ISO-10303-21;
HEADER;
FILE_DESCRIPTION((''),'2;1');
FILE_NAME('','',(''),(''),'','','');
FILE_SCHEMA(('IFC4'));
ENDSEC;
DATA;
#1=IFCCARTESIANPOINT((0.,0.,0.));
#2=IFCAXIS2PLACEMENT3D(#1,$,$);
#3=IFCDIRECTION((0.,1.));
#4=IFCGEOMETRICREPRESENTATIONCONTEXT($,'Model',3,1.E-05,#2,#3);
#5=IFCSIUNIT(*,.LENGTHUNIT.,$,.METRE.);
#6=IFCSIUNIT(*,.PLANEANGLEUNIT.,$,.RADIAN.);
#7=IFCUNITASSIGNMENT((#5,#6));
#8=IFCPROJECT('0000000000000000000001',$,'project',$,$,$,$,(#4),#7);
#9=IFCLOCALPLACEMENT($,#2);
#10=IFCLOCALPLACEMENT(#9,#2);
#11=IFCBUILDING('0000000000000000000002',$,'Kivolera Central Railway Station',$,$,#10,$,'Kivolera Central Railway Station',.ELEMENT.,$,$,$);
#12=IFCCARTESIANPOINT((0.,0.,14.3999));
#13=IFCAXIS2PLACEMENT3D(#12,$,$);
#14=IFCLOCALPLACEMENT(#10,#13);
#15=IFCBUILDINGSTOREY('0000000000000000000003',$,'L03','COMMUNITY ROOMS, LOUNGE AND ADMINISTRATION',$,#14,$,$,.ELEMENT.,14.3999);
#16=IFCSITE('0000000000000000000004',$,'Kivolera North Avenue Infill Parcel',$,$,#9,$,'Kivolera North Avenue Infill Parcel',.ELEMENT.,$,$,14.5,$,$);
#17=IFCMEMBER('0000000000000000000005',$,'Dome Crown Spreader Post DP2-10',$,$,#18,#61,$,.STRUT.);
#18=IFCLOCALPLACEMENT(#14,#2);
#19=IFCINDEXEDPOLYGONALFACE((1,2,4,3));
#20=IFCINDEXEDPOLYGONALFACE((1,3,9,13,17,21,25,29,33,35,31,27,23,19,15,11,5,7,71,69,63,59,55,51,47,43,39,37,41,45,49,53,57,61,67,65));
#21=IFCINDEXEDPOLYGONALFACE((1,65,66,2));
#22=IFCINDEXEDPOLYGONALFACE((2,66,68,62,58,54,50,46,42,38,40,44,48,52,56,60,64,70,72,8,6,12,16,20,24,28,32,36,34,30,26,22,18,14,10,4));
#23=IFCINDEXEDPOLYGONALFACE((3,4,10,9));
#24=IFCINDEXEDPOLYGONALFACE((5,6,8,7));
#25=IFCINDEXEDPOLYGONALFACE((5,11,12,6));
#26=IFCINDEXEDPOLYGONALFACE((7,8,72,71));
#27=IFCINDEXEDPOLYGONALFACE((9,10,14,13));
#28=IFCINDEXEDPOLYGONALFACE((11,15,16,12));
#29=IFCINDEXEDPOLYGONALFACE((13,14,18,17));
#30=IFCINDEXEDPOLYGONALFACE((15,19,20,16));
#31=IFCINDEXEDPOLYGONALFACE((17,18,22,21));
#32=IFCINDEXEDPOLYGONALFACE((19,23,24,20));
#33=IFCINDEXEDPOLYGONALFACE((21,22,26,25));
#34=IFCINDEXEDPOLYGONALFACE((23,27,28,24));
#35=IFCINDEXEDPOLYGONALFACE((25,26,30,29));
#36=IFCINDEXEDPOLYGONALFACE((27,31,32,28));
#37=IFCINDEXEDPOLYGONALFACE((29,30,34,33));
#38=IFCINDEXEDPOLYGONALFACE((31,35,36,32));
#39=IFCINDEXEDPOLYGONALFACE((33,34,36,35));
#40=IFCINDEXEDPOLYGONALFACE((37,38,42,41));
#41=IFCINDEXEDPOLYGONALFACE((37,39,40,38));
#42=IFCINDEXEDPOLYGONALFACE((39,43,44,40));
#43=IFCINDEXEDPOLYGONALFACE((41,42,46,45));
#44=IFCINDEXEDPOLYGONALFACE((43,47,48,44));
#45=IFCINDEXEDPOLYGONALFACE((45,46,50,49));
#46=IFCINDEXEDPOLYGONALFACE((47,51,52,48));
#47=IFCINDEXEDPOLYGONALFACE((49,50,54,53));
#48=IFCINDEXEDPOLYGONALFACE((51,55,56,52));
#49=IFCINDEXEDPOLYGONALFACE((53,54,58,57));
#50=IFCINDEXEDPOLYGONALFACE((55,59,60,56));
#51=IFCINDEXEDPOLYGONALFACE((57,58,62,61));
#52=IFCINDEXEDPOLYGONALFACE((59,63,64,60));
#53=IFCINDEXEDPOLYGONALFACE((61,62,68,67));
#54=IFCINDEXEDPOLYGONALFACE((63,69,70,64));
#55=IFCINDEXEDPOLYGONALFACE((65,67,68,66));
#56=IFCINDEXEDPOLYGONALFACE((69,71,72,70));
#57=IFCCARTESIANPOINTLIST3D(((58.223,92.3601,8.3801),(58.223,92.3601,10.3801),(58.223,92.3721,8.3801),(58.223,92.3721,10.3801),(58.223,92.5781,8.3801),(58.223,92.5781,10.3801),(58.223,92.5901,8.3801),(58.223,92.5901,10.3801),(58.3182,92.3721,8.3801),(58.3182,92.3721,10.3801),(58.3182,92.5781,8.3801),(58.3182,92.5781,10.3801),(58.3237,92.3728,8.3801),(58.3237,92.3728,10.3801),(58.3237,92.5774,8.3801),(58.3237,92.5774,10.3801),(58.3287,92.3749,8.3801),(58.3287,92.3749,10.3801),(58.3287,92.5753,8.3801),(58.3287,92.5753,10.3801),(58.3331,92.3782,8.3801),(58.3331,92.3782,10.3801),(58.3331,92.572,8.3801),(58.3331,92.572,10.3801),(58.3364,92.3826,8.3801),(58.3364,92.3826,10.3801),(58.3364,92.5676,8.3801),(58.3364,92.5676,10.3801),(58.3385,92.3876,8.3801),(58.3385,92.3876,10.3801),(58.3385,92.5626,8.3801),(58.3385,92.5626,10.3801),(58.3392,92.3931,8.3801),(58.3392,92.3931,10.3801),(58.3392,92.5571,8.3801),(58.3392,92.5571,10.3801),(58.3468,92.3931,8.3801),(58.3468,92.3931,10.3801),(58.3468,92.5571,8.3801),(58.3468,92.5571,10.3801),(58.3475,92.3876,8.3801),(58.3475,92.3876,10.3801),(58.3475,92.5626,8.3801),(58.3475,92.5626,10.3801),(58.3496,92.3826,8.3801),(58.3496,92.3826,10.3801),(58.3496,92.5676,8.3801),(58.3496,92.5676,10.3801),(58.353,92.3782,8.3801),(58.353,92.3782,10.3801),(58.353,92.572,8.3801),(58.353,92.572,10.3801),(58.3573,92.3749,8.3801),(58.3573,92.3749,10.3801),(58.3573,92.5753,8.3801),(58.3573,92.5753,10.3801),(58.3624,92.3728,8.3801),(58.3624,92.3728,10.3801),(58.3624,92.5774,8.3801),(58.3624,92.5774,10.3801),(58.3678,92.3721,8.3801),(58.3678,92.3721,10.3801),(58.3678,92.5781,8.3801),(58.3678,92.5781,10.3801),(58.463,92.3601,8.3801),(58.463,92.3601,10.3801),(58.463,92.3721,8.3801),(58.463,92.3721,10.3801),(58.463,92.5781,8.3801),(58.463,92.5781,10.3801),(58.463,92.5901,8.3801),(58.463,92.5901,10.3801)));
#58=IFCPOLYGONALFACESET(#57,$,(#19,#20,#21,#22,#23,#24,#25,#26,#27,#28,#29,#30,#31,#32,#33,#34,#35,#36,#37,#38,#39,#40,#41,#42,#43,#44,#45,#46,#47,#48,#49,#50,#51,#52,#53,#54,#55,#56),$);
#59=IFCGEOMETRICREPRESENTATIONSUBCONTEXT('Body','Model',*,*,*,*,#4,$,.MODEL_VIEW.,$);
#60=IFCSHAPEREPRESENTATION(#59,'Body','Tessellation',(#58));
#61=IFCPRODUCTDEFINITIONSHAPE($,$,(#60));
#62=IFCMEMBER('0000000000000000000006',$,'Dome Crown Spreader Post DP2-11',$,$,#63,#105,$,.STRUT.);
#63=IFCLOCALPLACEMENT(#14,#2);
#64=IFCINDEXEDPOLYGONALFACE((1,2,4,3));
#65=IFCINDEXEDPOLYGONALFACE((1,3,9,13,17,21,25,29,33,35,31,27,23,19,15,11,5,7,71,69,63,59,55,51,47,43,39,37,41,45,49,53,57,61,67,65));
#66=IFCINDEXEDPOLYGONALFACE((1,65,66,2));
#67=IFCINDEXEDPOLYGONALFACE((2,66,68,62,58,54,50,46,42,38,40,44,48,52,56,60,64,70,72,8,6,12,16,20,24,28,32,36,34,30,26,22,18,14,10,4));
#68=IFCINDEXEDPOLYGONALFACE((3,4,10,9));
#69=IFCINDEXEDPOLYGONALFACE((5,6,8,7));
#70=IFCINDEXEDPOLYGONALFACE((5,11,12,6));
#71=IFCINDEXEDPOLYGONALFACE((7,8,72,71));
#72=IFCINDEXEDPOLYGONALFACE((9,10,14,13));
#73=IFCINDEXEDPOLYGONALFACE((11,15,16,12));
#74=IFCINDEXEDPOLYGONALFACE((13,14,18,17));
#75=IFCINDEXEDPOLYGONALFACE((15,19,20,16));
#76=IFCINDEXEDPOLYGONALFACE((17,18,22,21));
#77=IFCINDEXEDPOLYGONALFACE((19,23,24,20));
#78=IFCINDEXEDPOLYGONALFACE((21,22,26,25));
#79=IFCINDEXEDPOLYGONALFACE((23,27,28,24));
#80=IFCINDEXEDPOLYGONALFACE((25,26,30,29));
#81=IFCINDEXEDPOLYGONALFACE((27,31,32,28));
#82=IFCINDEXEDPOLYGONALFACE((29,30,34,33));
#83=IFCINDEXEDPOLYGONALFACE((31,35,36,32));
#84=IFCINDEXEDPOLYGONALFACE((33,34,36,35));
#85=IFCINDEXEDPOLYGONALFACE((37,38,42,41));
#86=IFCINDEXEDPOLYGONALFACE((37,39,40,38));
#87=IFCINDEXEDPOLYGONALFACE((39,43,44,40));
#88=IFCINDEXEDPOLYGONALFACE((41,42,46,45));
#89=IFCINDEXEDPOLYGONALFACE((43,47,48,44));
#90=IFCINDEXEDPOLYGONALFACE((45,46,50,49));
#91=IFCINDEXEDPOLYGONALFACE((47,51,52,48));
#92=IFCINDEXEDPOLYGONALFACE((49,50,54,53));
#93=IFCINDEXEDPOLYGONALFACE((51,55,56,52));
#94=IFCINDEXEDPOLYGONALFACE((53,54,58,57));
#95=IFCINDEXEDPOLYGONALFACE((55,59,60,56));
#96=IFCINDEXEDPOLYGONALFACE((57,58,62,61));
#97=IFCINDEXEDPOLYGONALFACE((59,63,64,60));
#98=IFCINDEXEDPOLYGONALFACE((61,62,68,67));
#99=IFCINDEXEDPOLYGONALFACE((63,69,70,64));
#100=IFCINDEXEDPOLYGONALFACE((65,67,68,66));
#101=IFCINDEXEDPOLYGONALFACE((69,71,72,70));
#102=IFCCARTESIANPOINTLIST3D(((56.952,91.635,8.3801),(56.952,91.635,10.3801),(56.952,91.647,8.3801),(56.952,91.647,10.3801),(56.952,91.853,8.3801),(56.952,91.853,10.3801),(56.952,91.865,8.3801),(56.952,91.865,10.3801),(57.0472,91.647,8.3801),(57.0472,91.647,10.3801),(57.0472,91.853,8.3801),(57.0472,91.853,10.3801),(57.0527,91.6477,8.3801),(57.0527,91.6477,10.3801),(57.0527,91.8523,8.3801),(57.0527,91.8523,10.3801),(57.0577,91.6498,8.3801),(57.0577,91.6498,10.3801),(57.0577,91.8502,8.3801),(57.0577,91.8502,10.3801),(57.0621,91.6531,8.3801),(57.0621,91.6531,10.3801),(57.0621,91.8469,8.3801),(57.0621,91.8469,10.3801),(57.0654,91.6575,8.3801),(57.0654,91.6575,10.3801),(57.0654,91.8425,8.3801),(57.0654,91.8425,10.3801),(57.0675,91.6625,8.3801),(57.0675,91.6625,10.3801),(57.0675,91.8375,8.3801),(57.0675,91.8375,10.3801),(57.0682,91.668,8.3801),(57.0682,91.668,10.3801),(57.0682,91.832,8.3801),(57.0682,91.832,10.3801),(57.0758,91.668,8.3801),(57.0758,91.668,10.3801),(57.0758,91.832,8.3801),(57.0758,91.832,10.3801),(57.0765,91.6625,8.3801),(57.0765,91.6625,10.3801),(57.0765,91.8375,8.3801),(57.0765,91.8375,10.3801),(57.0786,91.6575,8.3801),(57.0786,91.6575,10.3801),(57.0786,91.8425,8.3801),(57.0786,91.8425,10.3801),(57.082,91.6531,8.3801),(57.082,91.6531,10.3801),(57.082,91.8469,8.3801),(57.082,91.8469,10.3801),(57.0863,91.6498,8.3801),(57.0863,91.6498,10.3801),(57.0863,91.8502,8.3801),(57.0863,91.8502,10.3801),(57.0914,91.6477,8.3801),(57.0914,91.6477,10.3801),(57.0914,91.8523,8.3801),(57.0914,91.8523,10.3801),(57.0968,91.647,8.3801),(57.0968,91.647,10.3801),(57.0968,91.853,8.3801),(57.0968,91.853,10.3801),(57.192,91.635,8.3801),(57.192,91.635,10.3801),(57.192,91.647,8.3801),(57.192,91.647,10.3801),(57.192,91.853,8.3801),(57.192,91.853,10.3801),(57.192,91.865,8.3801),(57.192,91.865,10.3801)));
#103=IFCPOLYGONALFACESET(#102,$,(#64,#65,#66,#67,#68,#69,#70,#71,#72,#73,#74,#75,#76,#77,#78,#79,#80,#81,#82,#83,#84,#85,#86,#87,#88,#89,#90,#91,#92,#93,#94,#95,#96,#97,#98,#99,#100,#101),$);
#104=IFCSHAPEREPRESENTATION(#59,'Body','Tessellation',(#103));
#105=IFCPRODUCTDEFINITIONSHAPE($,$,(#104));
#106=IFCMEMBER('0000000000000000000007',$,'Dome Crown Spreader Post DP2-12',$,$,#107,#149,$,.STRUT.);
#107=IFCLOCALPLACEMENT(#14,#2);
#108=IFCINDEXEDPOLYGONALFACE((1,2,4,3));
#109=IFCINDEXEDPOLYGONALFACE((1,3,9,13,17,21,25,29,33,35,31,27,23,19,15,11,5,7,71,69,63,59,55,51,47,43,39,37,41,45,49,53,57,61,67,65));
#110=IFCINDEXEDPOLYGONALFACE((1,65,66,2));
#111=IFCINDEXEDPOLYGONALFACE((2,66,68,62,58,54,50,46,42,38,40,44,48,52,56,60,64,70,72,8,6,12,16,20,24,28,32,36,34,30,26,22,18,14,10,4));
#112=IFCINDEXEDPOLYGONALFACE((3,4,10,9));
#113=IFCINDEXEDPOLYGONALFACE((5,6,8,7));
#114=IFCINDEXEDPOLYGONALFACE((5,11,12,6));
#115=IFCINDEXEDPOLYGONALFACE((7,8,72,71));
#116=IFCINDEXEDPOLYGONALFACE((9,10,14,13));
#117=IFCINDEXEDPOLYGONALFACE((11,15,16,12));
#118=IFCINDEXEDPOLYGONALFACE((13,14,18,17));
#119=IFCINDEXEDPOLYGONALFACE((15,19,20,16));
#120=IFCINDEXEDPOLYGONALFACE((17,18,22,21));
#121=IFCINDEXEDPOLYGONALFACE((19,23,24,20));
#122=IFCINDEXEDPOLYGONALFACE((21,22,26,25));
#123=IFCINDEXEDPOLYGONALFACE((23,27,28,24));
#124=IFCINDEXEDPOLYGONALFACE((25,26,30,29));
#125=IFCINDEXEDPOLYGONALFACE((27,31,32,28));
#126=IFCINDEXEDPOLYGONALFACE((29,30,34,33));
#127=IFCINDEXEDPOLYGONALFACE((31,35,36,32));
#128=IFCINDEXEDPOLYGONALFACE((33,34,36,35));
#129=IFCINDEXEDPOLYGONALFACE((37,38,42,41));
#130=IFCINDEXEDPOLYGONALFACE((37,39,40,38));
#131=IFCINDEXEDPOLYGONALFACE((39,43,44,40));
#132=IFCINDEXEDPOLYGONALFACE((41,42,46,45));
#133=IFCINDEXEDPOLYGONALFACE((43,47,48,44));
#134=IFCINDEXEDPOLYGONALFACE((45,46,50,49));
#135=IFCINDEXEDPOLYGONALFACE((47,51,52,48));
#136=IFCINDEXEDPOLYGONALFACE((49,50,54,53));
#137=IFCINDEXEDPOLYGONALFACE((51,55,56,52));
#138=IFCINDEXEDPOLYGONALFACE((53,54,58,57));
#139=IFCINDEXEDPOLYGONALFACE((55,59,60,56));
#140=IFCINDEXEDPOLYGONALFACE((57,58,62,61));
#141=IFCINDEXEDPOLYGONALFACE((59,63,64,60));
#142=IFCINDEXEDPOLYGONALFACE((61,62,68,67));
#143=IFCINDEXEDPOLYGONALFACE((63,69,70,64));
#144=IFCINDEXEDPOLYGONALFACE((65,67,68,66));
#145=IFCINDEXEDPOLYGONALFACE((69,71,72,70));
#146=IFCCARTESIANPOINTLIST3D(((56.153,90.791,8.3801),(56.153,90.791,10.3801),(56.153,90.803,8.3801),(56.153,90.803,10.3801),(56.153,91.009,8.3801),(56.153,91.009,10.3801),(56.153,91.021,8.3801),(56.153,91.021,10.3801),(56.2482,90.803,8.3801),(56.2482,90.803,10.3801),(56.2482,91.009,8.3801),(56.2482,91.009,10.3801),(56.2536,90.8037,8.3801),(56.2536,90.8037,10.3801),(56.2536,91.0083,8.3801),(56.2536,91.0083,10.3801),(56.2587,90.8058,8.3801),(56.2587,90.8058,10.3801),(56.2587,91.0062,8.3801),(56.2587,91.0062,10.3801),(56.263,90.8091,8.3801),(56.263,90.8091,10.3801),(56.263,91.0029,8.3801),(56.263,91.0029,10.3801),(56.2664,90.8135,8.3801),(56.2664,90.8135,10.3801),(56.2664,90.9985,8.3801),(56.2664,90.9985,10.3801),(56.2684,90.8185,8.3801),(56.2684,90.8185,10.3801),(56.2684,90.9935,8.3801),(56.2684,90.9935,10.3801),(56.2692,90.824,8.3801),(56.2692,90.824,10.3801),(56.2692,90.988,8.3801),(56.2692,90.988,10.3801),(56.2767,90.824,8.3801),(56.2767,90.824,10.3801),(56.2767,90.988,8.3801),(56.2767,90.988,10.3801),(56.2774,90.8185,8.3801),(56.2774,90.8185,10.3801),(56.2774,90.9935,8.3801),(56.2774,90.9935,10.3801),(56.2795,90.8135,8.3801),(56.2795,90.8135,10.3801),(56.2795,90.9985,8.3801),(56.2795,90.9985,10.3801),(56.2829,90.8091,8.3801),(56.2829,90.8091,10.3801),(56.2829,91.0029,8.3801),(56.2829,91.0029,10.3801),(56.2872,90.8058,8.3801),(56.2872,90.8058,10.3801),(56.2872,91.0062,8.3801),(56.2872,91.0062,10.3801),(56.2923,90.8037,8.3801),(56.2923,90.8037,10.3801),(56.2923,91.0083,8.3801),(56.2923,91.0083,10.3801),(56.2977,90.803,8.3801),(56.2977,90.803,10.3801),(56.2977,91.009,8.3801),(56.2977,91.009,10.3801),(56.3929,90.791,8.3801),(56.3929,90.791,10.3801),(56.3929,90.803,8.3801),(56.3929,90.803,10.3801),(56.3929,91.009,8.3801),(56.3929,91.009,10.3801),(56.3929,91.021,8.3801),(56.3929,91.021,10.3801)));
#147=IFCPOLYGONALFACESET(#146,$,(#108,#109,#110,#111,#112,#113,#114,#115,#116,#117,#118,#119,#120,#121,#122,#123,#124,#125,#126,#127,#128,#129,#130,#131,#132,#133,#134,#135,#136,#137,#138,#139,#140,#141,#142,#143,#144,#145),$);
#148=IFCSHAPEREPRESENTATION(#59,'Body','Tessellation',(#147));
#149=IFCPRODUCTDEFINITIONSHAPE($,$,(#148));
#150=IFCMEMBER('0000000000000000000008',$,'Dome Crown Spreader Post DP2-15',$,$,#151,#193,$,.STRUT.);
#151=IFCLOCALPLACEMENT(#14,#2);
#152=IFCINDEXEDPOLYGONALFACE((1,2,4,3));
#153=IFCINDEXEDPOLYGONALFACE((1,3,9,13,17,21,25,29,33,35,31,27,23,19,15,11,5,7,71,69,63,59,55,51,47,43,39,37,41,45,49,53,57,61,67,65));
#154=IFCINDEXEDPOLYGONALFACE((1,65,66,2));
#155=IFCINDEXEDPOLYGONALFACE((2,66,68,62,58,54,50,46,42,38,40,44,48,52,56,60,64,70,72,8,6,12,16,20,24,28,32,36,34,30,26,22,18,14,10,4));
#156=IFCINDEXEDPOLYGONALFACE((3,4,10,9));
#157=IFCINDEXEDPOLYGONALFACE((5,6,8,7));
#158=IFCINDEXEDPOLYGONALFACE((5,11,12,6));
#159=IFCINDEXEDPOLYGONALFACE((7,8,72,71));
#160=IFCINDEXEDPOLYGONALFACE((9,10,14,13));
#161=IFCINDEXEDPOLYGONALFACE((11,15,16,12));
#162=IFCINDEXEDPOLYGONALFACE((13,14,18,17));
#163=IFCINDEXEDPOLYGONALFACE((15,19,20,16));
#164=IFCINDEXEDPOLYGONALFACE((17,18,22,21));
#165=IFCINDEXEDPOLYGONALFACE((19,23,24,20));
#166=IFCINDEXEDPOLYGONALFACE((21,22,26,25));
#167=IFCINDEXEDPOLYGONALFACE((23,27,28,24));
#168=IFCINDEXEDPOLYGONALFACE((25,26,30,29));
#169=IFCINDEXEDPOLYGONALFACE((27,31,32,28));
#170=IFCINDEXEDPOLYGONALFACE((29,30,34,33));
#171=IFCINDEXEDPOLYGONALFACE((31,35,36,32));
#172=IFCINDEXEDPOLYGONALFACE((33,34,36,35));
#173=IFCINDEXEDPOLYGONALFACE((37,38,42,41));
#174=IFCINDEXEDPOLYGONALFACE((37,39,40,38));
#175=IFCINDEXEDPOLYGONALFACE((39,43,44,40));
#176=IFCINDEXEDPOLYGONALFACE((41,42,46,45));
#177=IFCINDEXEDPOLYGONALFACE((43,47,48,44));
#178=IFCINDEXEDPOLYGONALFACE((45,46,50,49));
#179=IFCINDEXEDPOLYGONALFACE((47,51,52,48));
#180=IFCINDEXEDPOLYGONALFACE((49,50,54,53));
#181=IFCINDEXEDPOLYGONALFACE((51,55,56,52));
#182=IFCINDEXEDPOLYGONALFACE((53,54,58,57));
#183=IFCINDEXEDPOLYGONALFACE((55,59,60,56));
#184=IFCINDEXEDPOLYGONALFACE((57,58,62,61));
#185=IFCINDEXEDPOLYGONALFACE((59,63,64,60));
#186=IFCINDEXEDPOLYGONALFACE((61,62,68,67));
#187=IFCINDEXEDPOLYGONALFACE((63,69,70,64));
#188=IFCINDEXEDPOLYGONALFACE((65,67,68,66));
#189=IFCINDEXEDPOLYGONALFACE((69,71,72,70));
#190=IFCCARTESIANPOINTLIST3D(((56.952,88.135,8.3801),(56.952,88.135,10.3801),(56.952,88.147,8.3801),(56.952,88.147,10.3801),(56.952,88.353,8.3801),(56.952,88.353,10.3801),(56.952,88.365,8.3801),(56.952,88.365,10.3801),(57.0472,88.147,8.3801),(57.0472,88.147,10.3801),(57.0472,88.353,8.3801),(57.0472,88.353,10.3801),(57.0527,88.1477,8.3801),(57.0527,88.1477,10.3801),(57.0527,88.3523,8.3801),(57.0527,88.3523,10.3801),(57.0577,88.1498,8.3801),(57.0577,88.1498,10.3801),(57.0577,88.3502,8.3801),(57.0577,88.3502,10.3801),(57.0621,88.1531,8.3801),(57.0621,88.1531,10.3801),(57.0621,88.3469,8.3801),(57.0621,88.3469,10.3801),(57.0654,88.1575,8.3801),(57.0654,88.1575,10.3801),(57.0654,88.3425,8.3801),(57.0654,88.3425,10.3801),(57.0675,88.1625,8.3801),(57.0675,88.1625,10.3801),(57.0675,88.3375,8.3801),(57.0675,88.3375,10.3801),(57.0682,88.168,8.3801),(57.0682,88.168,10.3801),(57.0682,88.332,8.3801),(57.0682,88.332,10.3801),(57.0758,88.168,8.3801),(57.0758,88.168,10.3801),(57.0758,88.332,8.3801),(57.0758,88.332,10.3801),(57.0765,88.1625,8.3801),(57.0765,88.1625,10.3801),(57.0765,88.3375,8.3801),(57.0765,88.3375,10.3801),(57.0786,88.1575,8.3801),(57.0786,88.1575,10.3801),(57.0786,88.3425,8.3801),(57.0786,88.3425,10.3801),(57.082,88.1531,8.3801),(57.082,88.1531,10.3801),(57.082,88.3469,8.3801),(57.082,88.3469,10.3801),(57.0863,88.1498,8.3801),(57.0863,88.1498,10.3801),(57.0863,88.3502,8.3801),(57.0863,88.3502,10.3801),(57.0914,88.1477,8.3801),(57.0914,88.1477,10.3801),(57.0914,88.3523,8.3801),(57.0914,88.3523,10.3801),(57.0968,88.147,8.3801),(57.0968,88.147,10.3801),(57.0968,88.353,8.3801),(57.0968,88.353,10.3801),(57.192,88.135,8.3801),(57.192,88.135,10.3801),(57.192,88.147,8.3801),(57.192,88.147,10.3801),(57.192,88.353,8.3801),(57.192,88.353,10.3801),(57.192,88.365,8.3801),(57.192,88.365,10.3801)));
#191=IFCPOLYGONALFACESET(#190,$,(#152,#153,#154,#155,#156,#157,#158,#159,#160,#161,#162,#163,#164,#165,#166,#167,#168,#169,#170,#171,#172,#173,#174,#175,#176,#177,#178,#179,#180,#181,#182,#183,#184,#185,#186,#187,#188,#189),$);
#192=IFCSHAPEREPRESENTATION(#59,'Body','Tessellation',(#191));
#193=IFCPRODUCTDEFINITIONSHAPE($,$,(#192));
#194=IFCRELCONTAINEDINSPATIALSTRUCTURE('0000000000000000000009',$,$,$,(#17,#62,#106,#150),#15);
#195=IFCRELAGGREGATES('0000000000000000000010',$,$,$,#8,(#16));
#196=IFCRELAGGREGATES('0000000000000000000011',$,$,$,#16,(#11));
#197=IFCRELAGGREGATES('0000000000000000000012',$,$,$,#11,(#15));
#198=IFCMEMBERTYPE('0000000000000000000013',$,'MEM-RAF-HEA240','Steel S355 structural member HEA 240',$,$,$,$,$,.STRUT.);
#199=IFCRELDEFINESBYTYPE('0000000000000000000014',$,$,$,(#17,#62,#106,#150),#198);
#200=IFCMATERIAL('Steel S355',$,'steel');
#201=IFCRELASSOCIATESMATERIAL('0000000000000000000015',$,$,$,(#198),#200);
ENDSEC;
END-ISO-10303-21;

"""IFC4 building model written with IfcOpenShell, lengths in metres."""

from ifc_helpers import new_model, si_unit, direction, frame, origin, origin_2d, place, context, subcontext, project, spatial, i_section, extrude, material, material_profile, profile_set, type_object, element, save


model = new_model("IFC4")

# Units and contexts
model_context = context("Model", 3, precision=1e-05, world=origin(), true_north=direction((0.0, 1.0)))
body_context = subcontext(model_context, "Body", "Model", "MODEL_VIEW")
ifc_project = project(units=[si_unit("LENGTHUNIT", "METRE"), si_unit("PLANEANGLEUNIT", "RADIAN")], contexts=[model_context])

# Site, building, storey
site_placement = place(None, origin())
site = spatial("IfcSite", under=ifc_project, at=site_placement, Name="Kivolera North Avenue Infill Parcel", LongName="Kivolera North Avenue Infill Parcel", CompositionType="ELEMENT", RefElevation=14.5)
building_placement = place(site_placement, origin())
building = spatial("IfcBuilding", under=site, at=building_placement, Name="Kivolera Central Railway Station", LongName="Kivolera Central Railway Station", CompositionType="ELEMENT")
storey_placement = place(building_placement, frame((0.0, 0.0, 14.3999)))
storey = spatial("IfcBuildingStorey", under=building, at=storey_placement, Name="L03", Description="COMMUNITY ROOMS, LOUNGE AND ADMINISTRATION", CompositionType="ELEMENT", Elevation=14.3999)

# Shared definitions
ifc_material_1 = material(Name="Steel S355", Category="steel")

# Members
ifc_material_profile_1 = material_profile(ifc_material_1, i_section(OverallWidth=0.24, OverallDepth=0.23, WebThickness=0.0076, FlangeThickness=0.012, FilletRadius=0.021, at=origin_2d()), Name="HEA 240")
ifc_profile_set_1 = profile_set([ifc_material_profile_1], Name="Steel S355")
member_type_1 = type_object("IfcMemberType", Name="MEM-RAF-HEA240", Description="Steel S355 structural member HEA 240", PredefinedType="STRUT", material=ifc_profile_set_1)
for number, where, z_axis, x_axis, name in (
    (1, (58.343, 92.4751, 8.3801), (0.0, 0.0, 1.0), (1.0, 0.0, 0.0), "Dome Crown Spreader Post DP2-10"),
    (2, (57.072, 91.75, 8.3801), (0.0, 0.0, 1.0), (1.0, 0.0, 0.0), "Dome Crown Spreader Post DP2-11"),
    (3, (56.2729, 90.906, 8.3801), (0.0, 0.0, 1.0), (1.0, 0.0, 0.0), "Dome Crown Spreader Post DP2-12"),
    (4, (57.072, 88.25, 8.3801), (0.0, 0.0, 1.0), (1.0, 0.0, 0.0), "Dome Crown Spreader Post DP2-15"),
):
    element("IfcMember", number, at=place(storey_placement, frame(where, z_axis=z_axis, x_axis=x_axis)), inside=storey, type_object=member_type_1, Name=name, PredefinedType="STRUT", context=body_context, shape_type="SweptSolid", body=[
        extrude(i_section(OverallWidth=0.24, OverallDepth=0.23, WebThickness=0.0076, FlangeThickness=0.012, FilletRadius=0.021, at=origin_2d()), origin(), (0.0, 0.0, 1.0), 2.0),
    ])

save(model, "model.ifc")
